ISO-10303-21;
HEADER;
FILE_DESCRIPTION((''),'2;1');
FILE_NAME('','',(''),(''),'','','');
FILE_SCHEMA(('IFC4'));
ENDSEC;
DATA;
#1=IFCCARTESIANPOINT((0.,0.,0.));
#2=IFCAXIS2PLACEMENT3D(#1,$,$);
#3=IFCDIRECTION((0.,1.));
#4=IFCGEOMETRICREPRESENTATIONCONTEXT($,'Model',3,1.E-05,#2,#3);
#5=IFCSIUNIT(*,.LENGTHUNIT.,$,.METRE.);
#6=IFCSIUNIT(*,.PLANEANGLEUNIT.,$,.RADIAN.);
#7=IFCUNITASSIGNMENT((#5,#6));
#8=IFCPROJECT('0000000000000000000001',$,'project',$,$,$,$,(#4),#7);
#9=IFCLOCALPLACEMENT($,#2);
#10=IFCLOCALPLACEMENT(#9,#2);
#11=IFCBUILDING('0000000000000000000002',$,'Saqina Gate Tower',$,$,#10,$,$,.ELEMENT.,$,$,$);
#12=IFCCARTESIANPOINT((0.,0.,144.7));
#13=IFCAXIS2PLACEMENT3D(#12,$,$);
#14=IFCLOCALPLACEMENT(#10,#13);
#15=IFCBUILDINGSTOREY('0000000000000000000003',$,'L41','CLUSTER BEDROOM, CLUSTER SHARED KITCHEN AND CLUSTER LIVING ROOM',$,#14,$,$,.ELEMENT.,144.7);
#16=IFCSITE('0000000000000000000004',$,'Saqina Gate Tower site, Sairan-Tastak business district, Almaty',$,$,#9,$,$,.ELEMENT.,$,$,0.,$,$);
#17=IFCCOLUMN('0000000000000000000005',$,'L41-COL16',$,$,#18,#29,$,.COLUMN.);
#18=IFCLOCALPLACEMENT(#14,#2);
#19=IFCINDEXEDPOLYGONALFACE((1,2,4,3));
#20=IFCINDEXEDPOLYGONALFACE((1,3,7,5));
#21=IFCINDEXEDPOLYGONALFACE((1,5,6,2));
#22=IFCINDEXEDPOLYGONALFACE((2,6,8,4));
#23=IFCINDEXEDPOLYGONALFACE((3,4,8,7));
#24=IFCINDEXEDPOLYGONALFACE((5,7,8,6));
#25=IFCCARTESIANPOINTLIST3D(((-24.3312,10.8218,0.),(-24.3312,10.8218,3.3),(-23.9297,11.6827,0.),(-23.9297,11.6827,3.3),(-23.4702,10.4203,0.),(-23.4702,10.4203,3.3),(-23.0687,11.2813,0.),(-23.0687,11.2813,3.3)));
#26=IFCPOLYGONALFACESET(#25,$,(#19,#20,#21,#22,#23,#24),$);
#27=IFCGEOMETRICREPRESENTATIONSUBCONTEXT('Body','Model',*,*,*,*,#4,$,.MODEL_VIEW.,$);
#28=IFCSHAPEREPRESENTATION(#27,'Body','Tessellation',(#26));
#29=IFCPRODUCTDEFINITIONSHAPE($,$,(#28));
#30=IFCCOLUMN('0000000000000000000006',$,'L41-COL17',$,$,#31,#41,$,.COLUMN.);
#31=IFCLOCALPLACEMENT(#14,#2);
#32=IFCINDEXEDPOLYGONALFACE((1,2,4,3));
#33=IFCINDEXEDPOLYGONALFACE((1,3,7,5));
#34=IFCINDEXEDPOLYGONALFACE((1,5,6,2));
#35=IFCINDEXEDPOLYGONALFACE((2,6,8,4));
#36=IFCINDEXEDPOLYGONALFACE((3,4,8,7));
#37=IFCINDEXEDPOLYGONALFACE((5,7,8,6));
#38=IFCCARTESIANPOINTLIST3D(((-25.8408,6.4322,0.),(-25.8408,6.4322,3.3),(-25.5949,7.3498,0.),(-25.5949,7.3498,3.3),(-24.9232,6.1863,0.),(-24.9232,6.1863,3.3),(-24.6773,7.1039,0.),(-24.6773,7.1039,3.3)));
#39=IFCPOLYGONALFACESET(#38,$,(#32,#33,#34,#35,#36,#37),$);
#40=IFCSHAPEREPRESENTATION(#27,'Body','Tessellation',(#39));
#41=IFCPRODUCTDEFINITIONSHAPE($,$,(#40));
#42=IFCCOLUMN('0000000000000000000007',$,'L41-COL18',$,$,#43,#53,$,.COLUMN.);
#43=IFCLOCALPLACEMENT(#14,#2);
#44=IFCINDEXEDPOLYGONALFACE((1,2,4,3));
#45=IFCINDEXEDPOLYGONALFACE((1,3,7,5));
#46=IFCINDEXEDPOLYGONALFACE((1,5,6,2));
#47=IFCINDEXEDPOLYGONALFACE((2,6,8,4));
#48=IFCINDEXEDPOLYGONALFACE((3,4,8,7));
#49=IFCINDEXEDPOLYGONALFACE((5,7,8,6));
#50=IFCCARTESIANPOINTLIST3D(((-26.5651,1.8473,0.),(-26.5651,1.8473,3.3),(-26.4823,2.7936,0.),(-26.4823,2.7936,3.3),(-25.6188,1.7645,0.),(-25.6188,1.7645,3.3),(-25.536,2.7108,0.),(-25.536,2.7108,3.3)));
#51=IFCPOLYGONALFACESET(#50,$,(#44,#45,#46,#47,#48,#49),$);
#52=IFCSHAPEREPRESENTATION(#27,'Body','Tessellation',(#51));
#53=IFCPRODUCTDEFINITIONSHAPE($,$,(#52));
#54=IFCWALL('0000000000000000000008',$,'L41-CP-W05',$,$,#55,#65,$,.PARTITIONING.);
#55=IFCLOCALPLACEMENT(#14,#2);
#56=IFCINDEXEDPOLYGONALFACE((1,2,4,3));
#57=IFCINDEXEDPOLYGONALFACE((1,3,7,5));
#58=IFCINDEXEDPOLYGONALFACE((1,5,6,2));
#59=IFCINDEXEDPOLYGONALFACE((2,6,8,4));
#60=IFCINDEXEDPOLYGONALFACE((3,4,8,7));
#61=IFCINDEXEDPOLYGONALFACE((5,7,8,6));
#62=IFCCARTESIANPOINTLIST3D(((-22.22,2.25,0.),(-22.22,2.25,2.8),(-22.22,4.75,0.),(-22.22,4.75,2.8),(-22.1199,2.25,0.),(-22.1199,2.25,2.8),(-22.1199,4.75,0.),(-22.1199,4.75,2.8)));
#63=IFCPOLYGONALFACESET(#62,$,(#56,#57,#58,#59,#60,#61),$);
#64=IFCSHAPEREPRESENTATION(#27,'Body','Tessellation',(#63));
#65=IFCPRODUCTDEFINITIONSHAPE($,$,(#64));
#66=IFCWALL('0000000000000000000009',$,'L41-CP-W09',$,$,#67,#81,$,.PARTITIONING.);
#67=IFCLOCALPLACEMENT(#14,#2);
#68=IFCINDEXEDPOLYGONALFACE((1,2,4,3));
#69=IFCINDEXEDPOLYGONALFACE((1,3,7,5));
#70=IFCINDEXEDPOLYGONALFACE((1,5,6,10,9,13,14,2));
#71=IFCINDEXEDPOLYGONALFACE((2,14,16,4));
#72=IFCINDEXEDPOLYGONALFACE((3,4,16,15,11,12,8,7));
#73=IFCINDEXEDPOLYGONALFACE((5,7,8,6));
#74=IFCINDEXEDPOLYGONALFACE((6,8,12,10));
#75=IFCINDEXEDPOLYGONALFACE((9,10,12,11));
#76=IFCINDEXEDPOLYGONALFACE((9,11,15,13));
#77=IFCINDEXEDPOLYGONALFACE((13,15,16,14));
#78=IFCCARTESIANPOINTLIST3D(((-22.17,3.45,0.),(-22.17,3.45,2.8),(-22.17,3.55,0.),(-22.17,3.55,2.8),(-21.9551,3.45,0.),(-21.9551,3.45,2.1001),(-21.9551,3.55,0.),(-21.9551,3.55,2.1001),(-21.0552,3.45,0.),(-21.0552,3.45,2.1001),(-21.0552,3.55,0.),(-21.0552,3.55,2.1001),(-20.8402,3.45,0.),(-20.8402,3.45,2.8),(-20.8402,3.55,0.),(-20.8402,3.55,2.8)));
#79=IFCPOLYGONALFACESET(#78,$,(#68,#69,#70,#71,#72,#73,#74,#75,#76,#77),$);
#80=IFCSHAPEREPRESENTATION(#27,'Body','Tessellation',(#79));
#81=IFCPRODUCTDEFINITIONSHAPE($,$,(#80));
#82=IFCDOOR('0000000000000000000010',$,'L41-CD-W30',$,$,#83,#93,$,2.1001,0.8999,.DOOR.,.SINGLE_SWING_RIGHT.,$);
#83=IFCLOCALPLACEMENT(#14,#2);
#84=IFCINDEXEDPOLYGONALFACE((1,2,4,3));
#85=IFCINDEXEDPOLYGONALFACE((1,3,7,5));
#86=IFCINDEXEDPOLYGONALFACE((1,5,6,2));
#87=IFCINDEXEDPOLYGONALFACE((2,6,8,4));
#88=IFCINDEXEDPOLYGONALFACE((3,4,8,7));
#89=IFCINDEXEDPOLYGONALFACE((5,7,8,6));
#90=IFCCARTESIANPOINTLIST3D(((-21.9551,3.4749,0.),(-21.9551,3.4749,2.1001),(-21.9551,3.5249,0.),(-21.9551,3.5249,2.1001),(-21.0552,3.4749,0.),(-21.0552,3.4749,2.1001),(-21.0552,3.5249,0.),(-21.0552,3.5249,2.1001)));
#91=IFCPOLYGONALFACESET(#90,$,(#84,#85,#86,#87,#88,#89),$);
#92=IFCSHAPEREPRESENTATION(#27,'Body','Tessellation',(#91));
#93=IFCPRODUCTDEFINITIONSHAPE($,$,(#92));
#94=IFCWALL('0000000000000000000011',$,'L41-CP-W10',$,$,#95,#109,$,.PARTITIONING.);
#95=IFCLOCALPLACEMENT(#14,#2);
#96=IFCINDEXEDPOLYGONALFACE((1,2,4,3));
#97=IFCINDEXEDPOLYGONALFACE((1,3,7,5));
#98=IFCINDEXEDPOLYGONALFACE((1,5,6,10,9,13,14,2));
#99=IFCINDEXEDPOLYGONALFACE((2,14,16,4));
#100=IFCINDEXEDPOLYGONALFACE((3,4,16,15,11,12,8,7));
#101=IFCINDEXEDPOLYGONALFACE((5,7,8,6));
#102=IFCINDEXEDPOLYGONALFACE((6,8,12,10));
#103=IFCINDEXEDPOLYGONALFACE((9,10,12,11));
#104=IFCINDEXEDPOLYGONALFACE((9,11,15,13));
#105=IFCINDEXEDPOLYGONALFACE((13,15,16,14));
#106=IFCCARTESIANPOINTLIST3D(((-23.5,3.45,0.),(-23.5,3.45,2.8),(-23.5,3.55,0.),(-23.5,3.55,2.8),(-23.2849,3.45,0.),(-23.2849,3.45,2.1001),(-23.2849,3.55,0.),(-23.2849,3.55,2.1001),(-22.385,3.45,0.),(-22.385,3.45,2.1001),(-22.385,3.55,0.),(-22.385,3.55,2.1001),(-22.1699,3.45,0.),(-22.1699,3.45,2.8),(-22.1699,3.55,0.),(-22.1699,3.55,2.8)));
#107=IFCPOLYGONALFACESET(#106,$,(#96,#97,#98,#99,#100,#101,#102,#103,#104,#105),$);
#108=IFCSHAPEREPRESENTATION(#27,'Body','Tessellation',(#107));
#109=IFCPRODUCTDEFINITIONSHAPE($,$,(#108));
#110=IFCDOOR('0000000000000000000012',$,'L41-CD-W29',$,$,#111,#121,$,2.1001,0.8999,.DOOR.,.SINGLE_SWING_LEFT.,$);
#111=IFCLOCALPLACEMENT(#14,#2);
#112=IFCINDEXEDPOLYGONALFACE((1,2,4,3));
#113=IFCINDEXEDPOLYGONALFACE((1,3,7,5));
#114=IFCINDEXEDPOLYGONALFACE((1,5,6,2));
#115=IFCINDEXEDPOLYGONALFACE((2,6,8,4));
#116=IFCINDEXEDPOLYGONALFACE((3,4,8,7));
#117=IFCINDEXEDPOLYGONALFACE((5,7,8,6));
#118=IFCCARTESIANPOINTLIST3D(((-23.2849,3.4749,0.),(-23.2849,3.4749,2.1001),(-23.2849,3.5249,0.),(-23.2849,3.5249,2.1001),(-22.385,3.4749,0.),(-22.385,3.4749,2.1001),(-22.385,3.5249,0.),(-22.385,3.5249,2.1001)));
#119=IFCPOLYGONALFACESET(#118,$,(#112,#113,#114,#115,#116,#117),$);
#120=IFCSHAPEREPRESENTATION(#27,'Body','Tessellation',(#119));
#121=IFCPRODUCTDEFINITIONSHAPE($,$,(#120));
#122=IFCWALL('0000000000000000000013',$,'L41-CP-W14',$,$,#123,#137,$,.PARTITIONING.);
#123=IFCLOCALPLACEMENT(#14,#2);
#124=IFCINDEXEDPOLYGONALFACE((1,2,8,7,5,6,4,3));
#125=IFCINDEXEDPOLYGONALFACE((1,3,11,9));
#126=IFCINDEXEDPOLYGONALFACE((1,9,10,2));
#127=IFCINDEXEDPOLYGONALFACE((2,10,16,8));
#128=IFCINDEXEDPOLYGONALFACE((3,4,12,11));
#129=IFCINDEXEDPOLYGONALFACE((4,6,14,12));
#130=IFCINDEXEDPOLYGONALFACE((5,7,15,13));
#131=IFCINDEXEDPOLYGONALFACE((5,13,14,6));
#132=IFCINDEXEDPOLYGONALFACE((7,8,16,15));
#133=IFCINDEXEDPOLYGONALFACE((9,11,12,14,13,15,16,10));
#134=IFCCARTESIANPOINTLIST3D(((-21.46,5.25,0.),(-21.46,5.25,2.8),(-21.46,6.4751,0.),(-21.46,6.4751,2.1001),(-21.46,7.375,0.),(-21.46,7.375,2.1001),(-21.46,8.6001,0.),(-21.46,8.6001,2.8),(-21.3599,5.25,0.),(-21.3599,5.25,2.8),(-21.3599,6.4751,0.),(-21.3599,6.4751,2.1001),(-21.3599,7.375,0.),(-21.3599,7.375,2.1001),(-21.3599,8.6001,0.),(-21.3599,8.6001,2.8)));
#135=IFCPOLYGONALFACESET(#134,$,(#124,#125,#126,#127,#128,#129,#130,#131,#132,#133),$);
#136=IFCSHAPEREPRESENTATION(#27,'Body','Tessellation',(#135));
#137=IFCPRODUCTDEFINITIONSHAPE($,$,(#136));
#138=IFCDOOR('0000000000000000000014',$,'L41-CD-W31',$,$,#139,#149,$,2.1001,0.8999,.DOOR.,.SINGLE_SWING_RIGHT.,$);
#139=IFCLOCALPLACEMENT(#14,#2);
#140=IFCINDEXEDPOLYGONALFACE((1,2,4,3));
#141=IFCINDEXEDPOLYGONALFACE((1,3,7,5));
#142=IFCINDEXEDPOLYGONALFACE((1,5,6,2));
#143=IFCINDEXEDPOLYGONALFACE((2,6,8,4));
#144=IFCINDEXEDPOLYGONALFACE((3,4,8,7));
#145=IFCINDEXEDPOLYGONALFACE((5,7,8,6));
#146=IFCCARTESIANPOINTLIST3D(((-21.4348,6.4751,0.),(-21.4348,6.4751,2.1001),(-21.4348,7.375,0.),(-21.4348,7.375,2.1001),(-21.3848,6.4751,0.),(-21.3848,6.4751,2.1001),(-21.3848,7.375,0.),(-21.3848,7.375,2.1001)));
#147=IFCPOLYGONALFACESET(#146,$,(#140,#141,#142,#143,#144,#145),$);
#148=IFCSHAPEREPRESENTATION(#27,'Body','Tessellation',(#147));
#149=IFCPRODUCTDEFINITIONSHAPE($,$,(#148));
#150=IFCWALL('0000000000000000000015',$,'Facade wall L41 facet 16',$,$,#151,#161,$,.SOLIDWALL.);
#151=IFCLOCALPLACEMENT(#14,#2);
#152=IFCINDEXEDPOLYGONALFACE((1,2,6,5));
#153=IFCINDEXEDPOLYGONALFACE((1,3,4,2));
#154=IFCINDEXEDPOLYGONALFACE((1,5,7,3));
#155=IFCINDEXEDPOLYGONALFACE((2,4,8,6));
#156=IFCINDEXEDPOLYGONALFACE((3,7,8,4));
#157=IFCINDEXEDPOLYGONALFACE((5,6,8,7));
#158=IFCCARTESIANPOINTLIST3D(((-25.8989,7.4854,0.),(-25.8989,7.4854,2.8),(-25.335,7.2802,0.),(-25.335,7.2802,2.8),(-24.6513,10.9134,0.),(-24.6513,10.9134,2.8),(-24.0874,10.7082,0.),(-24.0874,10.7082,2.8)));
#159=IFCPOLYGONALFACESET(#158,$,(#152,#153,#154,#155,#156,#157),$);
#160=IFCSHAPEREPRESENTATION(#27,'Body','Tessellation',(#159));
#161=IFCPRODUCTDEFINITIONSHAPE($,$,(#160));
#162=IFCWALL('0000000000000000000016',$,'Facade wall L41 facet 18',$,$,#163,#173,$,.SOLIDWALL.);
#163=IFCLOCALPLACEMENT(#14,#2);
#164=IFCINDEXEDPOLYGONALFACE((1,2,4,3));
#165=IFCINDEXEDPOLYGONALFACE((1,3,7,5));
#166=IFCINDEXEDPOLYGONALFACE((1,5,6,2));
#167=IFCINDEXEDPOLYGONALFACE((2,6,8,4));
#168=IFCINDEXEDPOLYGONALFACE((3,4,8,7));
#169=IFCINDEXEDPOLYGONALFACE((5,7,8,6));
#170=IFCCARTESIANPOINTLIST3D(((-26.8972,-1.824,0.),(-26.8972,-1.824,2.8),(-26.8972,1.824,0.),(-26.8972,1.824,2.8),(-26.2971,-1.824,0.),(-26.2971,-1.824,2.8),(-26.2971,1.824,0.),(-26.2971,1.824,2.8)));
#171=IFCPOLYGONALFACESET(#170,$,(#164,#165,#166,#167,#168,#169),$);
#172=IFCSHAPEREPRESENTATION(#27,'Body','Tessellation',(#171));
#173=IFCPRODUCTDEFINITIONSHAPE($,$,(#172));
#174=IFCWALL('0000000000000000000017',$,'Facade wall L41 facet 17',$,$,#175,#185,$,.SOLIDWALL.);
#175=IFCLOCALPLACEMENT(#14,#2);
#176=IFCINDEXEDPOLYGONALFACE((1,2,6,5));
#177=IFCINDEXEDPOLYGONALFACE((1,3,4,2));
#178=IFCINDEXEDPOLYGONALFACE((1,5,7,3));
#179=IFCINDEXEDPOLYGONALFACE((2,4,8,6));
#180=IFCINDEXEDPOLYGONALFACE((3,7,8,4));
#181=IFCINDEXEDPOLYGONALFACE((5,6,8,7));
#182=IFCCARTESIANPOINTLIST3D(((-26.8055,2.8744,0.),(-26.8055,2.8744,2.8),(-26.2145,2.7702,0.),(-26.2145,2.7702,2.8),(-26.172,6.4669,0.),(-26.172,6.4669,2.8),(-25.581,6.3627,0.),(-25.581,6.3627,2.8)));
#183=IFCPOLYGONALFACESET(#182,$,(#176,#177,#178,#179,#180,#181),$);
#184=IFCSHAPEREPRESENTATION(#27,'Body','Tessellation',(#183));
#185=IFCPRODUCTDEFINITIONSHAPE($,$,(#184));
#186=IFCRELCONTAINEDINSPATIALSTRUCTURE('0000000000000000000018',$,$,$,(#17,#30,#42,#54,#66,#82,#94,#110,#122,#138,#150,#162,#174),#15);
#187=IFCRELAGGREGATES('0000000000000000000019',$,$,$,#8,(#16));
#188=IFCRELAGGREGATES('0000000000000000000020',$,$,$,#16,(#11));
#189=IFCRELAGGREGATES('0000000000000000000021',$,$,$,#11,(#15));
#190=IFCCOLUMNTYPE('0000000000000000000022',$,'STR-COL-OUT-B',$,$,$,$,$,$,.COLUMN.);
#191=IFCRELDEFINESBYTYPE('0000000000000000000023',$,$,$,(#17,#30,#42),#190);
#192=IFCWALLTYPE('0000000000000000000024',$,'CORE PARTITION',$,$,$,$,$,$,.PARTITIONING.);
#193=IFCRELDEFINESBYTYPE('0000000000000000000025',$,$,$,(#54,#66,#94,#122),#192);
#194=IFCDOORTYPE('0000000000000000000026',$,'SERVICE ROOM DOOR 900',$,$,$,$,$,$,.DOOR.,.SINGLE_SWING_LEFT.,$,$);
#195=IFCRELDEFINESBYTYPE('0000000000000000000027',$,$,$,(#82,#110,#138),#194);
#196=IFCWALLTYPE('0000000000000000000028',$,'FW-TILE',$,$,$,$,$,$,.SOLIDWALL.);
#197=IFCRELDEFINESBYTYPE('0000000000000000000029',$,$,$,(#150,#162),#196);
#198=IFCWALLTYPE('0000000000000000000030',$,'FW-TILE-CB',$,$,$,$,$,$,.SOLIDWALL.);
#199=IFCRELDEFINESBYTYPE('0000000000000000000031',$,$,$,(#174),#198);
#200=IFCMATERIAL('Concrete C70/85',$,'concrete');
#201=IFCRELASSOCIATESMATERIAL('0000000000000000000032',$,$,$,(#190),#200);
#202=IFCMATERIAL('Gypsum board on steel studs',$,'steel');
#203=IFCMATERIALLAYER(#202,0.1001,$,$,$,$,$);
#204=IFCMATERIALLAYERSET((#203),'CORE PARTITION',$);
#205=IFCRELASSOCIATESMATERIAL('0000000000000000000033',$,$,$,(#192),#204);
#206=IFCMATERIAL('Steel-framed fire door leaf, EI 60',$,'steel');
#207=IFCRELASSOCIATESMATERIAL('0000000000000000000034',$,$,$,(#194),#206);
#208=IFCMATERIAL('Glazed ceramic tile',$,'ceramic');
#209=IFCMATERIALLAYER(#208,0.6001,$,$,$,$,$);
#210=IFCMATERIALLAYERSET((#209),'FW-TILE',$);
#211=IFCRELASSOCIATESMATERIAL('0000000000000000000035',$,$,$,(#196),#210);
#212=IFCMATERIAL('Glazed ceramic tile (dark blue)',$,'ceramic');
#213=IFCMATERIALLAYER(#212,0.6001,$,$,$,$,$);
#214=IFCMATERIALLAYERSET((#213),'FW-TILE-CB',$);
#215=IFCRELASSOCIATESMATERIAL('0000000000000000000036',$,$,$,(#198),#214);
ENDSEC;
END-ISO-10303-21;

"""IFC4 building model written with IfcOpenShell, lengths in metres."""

from ifc_helpers import new_model, si_unit, direction, frame, frame_2d, origin, origin_2d, place, context, subcontext, project, spatial, rectangle, extrude, material, layer, layer_set, material_profile, profile_set, type_object, element, fill, save


model = new_model("IFC4")

# Units and contexts
model_context = context("Model", 3, precision=1e-05, world=origin(), true_north=direction((0.0, 1.0)))
body_context = subcontext(model_context, "Body", "Model", "MODEL_VIEW")
ifc_project = project(units=[si_unit("LENGTHUNIT", "METRE"), si_unit("PLANEANGLEUNIT", "RADIAN")], contexts=[model_context])

# Site, building, storey
site_placement = place(None, origin())
site = spatial("IfcSite", under=ifc_project, at=site_placement, Name="Saqina Gate Tower site, Sairan-Tastak business district, Almaty", CompositionType="ELEMENT", RefElevation=0.0)
building_placement = place(site_placement, origin())
building = spatial("IfcBuilding", under=site, at=building_placement, Name="Saqina Gate Tower", CompositionType="ELEMENT")
storey_placement = place(building_placement, frame((0.0, 0.0, 144.7)))
storey = spatial("IfcBuildingStorey", under=building, at=storey_placement, Name="L41", Description="CLUSTER BEDROOM, CLUSTER SHARED KITCHEN AND CLUSTER LIVING ROOM", CompositionType="ELEMENT", Elevation=144.7)

# Columns
ifc_material_1 = material(Name="Concrete C70/85", Category="concrete")
ifc_material_profile = material_profile(ifc_material_1, rectangle(XDim=0.95, YDim=0.95, at=origin_2d()), Name="RC 950x950")
ifc_profile_set = profile_set([ifc_material_profile], Name="Concrete C70/85")
column_type = type_object("IfcColumnType", Name="STR-COL-OUT-B", PredefinedType="COLUMN", material=ifc_profile_set)
for number, where, z_axis, x_axis, name in (
    (1, (-23.7, 11.0515, 0.0), (0.0, 0.0, 1.0), (-0.906308, 0.422618, 0.0), "L41-COL16"),
    (2, (-25.259, 6.7681, 0.0), (0.0, 0.0, 1.0), (-0.965926, 0.258819, 0.0), "L41-COL17"),
    (3, (-26.0505, 2.2791, 0.0), (0.0, 0.0, 1.0), (-0.996195, 0.087156, 0.0), "L41-COL18"),
):
    element("IfcColumn", number, at=place(storey_placement, frame(where, z_axis=z_axis, x_axis=x_axis)), inside=storey, type_object=column_type, Name=name, PredefinedType="COLUMN", context=body_context, shape_type="SweptSolid", body=[
        extrude(rectangle(XDim=0.95, YDim=0.95, at=origin_2d()), origin(), (0.0, 0.0, 1.0), 3.3),
    ])

# Wall
ifc_material_2 = material(Name="Gypsum board on steel studs", Category="steel")
ifc_layer_1 = layer(ifc_material_2, 0.1001)
ifc_layer_set_1 = layer_set([ifc_layer_1], Name="CORE PARTITION")
wall_type_1 = type_object("IfcWallType", Name="CORE PARTITION", PredefinedType="PARTITIONING", material=ifc_layer_set_1)
wall_1_placement = place(storey_placement, frame((-22.1699, 2.25, 0.0), z_axis=(0.0, 0.0, 1.0), x_axis=(0.0, 1.0, 0.0)))
element("IfcWall", 4, at=wall_1_placement, inside=storey, type_object=wall_type_1, Name="L41-CP-W05", PredefinedType="PARTITIONING", context=body_context, shape_type="SweptSolid", body=[
    extrude(rectangle(XDim=2.5, YDim=0.1001, at=frame_2d((1.25, 0.0))), origin(), (0.0, 0.0, 1.0), 2.8),
])

# Walls, openings, doors
wall_2_placement = place(storey_placement, frame((-20.8401, 3.5, 0.0), z_axis=(0.0, 0.0, 1.0), x_axis=(-1.0, 0.0, 0.0)))
wall_2 = element("IfcWall", 5, at=wall_2_placement, inside=storey, type_object=wall_type_1, Name="L41-CP-W09", PredefinedType="PARTITIONING", context=body_context, shape_type="SweptSolid", body=[
    extrude(rectangle(XDim=1.3298, YDim=0.1001, at=frame_2d((0.665, 0.0))), origin(), (0.0, 0.0, 1.0), 2.8),
])
opening_1_placement = place(wall_2_placement, frame((0.2151, 0.0, 0.0)))
opening_1 = element("IfcOpeningElement", 6, at=opening_1_placement, cuts=wall_2, PredefinedType="OPENING", context=body_context, shape_type="SweptSolid", body=[
    extrude(rectangle(XDim=0.8999, YDim=2.1001, at=frame_2d((0.45, 1.05))), frame((0.0, 0.062, 0.0), z_axis=(0.0, -1.0, 0.0), x_axis=(1.0, 0.0, 0.0)), (0.0, 0.0, 1.0), 0.124),
])
ifc_material_3 = material(Name="Steel-framed fire door leaf, EI 60", Category="steel")
door_type_1 = type_object("IfcDoorType", Name="SERVICE ROOM DOOR 900", OperationType="SINGLE_SWING_LEFT", PredefinedType="DOOR", material=ifc_material_3)
door_1_placement = place(opening_1_placement, frame((0.8999, 0.0, 0.0), z_axis=(0.0, 0.0, 1.0), x_axis=(-1.0, 0.0, 0.0)))
door_1 = element("IfcDoor", 7, at=door_1_placement, inside=storey, type_object=door_type_1, Name="L41-CD-W30", OperationType="SINGLE_SWING_RIGHT", OverallHeight=2.1001, OverallWidth=0.8999, PredefinedType="DOOR", context=body_context, shape_type="SweptSolid", body=[
    extrude(rectangle(XDim=0.8999, YDim=2.1001, at=frame_2d((0.45, 1.05))), frame((0.0, 0.0249, 0.0), z_axis=(0.0, -1.0, 0.0), x_axis=(1.0, 0.0, 0.0)), (0.0, 0.0, 1.0), 0.05),
])
fill(opening_1, door_1)
wall_3_placement = place(storey_placement, frame((-22.1699, 3.5, 0.0), z_axis=(0.0, 0.0, 1.0), x_axis=(-1.0, 0.0, 0.0)))
wall_3 = element("IfcWall", 8, at=wall_3_placement, inside=storey, type_object=wall_type_1, Name="L41-CP-W10", PredefinedType="PARTITIONING", context=body_context, shape_type="SweptSolid", body=[
    extrude(rectangle(XDim=1.3301, YDim=0.1001, at=frame_2d((0.665, 0.0))), origin(), (0.0, 0.0, 1.0), 2.8),
])
opening_2_placement = place(wall_3_placement, frame((0.2151, 0.0, 0.0)))
opening_2 = element("IfcOpeningElement", 9, at=opening_2_placement, cuts=wall_3, PredefinedType="OPENING", context=body_context, shape_type="SweptSolid", body=[
    extrude(rectangle(XDim=0.8999, YDim=2.1001, at=frame_2d((0.45, 1.05))), frame((0.0, 0.062, 0.0), z_axis=(0.0, -1.0, 0.0), x_axis=(1.0, 0.0, 0.0)), (0.0, 0.0, 1.0), 0.124),
])
door_2_placement = place(opening_2_placement, frame((0.8999, 0.0, 0.0), z_axis=(0.0, 0.0, 1.0), x_axis=(-1.0, 0.0, 0.0)))
door_2 = element("IfcDoor", 10, at=door_2_placement, inside=storey, type_object=door_type_1, Name="L41-CD-W29", OperationType="SINGLE_SWING_LEFT", OverallHeight=2.1001, OverallWidth=0.8999, PredefinedType="DOOR", context=body_context, shape_type="SweptSolid", body=[
    extrude(rectangle(XDim=0.8999, YDim=2.1001, at=frame_2d((0.45, 1.05))), frame((0.0, 0.0249, 0.0), z_axis=(0.0, -1.0, 0.0), x_axis=(1.0, 0.0, 0.0)), (0.0, 0.0, 1.0), 0.05),
])
fill(opening_2, door_2)
wall_4_placement = place(storey_placement, frame((-21.4099, 5.25, 0.0), z_axis=(0.0, 0.0, 1.0), x_axis=(0.0, 1.0, 0.0)))
wall_4 = element("IfcWall", 11, at=wall_4_placement, inside=storey, type_object=wall_type_1, Name="L41-CP-W14", PredefinedType="PARTITIONING", context=body_context, shape_type="SweptSolid", body=[
    extrude(rectangle(XDim=3.3501, YDim=0.1001, at=frame_2d((1.675, 0.0))), origin(), (0.0, 0.0, 1.0), 2.8),
])
opening_3_placement = place(wall_4_placement, frame((1.2251, 0.0, 0.0)))
opening_3 = element("IfcOpeningElement", 12, at=opening_3_placement, cuts=wall_4, PredefinedType="OPENING", context=body_context, shape_type="SweptSolid", body=[
    extrude(rectangle(XDim=0.8999, YDim=2.1001, at=frame_2d((0.45, 1.05))), frame((0.0, 0.062, 0.0), z_axis=(0.0, -1.0, 0.0), x_axis=(1.0, 0.0, 0.0)), (0.0, 0.0, 1.0), 0.124),
])
door_3_placement = place(opening_3_placement, origin())
door_3 = element("IfcDoor", 13, at=door_3_placement, inside=storey, type_object=door_type_1, Name="L41-CD-W31", OperationType="SINGLE_SWING_RIGHT", OverallHeight=2.1001, OverallWidth=0.8999, PredefinedType="DOOR", context=body_context, shape_type="SweptSolid", body=[
    extrude(rectangle(XDim=0.8999, YDim=2.1001, at=frame_2d((0.45, 1.05))), frame((0.0, 0.0249, 0.0), z_axis=(0.0, -1.0, 0.0), x_axis=(1.0, 0.0, 0.0)), (0.0, 0.0, 1.0), 0.05),
])
fill(opening_3, door_3)

# Walls
ifc_material_4 = material(Name="Glazed ceramic tile", Category="ceramic")
ifc_layer_2 = layer(ifc_material_4, 0.6001)
ifc_layer_set_2 = layer_set([ifc_layer_2], Name="FW-TILE")
wall_type_2 = type_object("IfcWallType", Name="FW-TILE", PredefinedType="SOLIDWALL", material=ifc_layer_set_2)
for number, where, z_axis, x_axis, name in (
    (14, (-24.3694, 10.8108, 0.0), (0.0, 0.0, 1.0), (-0.34199, -0.939704, 0.0), "Facade wall L41 facet 16"),
    (15, (-26.5972, 1.824, 0.0), (0.0, 0.0, 1.0), (0.0, -1.0, 0.0), "Facade wall L41 facet 18"),
):
    element("IfcWall", number, at=place(storey_placement, frame(where, z_axis=z_axis, x_axis=x_axis)), inside=storey, type_object=wall_type_2, Name=name, PredefinedType="SOLIDWALL", context=body_context, shape_type="SweptSolid", body=[
        extrude(rectangle(XDim=3.6479, YDim=0.6001, at=frame_2d((1.824, 0.0))), origin(), (0.0, 0.0, 1.0), 2.8),
    ])
ifc_material_5 = material(Name="Glazed ceramic tile (dark blue)", Category="ceramic")
ifc_layer_3 = layer(ifc_material_5, 0.6001)
ifc_layer_set_3 = layer_set([ifc_layer_3], Name="FW-TILE-CB")
wall_type_3 = type_object("IfcWallType", Name="FW-TILE-CB", PredefinedType="SOLIDWALL", material=ifc_layer_set_3)
wall_5_placement = place(storey_placement, frame((-25.8765, 6.4148, 0.0), z_axis=(0.0, 0.0, 1.0), x_axis=(-0.173671, -0.984804, 0.0)))
element("IfcWall", 16, at=wall_5_placement, inside=storey, type_object=wall_type_3, Name="Facade wall L41 facet 17", PredefinedType="SOLIDWALL", context=body_context, shape_type="SweptSolid", body=[
    extrude(rectangle(XDim=3.6479, YDim=0.6001, at=frame_2d((1.824, 0.0))), origin(), (0.0, 0.0, 1.0), 2.8),
])

save(model, "model.ifc")
